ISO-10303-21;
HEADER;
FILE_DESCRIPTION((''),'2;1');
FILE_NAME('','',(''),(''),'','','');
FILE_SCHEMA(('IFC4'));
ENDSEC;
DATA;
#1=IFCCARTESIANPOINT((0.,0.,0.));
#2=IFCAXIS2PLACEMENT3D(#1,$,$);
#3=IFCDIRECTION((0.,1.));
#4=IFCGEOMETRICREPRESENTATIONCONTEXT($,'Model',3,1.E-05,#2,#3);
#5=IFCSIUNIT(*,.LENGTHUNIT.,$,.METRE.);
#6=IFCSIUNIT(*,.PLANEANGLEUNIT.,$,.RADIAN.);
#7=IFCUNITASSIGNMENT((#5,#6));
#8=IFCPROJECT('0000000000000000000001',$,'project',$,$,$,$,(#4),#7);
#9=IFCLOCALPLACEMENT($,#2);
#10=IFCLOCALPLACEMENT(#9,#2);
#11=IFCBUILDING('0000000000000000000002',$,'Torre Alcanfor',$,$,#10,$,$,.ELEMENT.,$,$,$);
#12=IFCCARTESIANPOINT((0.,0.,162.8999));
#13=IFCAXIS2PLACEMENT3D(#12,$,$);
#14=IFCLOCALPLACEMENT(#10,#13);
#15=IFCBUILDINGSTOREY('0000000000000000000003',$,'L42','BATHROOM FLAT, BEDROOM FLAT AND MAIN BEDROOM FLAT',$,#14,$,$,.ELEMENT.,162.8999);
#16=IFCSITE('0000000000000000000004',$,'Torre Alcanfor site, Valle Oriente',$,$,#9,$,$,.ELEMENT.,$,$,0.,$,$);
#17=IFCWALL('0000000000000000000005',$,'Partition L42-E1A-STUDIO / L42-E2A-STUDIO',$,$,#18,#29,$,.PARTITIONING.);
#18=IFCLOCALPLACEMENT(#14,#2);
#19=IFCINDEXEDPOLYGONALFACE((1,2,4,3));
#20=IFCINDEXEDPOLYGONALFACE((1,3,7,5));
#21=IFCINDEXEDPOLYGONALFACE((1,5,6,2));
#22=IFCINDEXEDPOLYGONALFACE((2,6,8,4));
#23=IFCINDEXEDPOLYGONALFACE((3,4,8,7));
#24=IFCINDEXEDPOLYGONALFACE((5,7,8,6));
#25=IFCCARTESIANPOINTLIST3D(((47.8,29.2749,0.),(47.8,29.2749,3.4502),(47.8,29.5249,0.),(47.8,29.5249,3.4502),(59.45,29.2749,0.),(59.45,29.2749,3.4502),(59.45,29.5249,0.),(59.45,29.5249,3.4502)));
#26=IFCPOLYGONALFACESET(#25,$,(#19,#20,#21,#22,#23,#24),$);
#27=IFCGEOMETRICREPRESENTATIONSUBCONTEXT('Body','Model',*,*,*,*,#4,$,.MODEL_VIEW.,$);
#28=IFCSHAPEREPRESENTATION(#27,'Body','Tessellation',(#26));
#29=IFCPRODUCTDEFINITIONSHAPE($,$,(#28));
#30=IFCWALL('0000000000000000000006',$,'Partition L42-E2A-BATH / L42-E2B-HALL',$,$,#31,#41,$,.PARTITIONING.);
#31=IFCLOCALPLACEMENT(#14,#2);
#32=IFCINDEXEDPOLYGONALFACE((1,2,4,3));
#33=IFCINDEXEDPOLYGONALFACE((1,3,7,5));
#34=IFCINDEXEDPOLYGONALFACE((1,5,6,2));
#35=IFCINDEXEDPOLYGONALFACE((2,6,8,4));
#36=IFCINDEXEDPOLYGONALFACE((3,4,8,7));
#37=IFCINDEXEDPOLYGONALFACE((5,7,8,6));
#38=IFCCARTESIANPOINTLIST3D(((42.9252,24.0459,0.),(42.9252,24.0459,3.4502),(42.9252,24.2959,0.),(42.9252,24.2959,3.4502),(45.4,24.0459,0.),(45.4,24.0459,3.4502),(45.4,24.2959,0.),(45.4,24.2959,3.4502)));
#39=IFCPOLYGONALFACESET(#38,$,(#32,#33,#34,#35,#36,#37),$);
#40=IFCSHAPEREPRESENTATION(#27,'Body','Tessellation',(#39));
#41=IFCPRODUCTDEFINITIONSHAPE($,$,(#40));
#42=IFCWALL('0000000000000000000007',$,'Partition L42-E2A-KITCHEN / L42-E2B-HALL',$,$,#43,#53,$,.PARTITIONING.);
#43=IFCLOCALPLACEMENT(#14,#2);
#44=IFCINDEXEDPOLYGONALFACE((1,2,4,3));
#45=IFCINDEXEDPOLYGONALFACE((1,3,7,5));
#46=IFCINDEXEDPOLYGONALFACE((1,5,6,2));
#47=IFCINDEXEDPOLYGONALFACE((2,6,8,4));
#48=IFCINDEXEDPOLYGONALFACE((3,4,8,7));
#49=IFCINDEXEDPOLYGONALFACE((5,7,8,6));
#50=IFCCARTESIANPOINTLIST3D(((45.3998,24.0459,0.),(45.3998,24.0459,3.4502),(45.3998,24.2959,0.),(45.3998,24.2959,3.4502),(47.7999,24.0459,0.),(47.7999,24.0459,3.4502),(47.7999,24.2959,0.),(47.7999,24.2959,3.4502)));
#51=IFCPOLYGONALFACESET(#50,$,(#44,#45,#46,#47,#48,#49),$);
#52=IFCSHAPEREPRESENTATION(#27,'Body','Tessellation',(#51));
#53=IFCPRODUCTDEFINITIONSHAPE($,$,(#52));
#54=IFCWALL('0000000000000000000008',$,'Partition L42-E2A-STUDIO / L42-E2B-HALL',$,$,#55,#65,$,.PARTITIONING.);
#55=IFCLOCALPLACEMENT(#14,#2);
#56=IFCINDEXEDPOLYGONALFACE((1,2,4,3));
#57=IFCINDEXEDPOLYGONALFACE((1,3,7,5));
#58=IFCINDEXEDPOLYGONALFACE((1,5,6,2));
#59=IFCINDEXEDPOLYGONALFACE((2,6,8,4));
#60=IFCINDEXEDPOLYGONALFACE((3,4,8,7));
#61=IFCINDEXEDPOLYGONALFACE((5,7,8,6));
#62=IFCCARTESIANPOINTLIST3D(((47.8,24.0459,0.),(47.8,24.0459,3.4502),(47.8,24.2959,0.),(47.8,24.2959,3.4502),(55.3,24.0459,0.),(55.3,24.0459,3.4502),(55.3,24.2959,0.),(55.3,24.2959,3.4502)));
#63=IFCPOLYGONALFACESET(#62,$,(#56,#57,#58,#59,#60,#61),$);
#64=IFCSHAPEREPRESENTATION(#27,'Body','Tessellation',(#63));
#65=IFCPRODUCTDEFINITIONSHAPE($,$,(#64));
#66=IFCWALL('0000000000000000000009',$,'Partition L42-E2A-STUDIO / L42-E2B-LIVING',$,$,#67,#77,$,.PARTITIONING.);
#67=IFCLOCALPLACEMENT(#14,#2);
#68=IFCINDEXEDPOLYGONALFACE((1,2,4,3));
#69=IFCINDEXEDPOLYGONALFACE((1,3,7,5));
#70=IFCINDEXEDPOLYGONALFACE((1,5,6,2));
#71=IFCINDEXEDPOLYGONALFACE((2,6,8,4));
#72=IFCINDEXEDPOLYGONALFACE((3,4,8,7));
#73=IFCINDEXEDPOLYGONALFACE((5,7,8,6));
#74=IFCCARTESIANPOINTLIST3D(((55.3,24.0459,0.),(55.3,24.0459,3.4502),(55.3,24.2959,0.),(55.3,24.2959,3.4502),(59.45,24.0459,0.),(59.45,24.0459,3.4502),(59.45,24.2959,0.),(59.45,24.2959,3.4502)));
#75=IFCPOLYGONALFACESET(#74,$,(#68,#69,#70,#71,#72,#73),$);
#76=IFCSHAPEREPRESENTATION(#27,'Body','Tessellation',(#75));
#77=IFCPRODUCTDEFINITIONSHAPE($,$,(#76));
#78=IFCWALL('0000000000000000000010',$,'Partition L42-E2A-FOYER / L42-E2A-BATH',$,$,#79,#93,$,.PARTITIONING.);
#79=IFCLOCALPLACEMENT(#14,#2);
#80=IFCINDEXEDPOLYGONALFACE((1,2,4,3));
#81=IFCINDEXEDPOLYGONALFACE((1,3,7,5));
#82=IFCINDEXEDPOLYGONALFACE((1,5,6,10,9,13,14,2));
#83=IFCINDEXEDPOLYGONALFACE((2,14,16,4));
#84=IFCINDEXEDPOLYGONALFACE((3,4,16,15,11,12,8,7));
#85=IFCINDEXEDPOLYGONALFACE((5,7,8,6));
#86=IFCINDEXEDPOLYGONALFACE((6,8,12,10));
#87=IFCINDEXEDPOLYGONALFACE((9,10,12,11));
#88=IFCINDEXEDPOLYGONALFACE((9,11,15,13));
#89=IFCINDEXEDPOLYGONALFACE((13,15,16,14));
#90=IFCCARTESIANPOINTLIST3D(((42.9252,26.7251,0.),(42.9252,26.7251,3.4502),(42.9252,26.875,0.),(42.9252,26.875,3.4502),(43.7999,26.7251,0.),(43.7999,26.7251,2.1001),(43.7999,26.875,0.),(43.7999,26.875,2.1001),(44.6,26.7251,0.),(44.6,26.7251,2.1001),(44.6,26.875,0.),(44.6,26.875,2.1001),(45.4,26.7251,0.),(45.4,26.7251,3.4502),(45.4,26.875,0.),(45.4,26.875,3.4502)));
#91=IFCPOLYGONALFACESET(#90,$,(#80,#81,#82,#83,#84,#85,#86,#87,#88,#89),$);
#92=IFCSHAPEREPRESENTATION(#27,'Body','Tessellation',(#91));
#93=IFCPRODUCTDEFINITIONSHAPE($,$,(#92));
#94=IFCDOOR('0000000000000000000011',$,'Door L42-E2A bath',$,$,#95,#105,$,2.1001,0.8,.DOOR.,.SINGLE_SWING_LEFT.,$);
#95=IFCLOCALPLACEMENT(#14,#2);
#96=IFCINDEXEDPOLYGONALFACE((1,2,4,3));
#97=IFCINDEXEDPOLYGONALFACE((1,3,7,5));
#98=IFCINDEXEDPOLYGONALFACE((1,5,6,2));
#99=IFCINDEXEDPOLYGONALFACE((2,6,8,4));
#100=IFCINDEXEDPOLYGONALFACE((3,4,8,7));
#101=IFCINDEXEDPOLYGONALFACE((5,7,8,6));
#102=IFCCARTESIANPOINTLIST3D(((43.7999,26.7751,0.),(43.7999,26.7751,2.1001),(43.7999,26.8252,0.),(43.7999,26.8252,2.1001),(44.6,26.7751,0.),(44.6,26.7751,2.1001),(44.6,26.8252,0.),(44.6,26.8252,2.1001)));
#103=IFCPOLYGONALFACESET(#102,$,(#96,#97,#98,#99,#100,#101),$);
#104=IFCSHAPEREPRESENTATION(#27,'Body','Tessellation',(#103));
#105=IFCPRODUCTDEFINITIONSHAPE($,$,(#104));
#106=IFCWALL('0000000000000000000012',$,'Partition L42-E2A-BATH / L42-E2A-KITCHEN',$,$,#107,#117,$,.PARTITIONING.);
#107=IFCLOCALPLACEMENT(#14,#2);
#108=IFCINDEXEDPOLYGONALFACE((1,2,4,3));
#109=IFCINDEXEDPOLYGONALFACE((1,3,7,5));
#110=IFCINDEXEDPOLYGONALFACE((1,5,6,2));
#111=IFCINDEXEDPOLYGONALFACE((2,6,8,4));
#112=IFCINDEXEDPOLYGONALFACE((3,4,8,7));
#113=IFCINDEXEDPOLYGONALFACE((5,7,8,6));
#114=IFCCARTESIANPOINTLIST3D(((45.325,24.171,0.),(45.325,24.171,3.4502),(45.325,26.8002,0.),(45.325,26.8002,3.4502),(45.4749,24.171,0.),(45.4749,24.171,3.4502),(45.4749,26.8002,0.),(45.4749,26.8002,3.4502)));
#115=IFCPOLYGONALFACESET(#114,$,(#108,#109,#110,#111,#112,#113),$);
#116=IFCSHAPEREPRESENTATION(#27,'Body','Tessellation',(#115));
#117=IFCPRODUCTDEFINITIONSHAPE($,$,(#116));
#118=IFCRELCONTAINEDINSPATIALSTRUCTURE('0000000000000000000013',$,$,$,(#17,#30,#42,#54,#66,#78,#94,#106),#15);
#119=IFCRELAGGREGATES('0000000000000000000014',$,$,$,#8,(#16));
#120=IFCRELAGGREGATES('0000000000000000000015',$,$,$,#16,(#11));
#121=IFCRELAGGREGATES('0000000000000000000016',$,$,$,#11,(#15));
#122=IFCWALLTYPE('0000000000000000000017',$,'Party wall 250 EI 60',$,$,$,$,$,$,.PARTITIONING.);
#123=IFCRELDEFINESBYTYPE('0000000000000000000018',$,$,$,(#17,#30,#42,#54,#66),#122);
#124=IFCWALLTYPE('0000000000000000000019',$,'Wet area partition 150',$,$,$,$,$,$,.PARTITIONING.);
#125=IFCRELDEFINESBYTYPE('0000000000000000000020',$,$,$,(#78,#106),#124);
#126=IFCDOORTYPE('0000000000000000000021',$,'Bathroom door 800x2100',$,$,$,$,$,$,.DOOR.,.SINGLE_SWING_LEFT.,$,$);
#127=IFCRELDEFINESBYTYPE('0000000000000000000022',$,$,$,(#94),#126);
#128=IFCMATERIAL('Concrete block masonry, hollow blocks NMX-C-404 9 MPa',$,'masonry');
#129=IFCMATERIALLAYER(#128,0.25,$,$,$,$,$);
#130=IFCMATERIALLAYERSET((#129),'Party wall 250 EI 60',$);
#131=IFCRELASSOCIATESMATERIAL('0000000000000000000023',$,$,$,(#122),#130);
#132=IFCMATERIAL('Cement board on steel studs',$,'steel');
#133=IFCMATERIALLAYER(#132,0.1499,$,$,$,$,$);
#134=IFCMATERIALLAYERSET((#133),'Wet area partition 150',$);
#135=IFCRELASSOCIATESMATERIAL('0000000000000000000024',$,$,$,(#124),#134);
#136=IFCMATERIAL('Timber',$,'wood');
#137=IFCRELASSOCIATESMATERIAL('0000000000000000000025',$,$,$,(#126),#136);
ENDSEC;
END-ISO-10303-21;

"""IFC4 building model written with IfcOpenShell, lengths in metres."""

from ifc_helpers import new_model, si_unit, direction, frame, frame_2d, origin, place, context, subcontext, project, spatial, rectangle, extrude, material, layer, layer_set, type_object, element, fill, save


model = new_model("IFC4")

# Units and contexts
model_context = context("Model", 3, precision=1e-05, world=origin(), true_north=direction((0.0, 1.0)))
body_context = subcontext(model_context, "Body", "Model", "MODEL_VIEW")
ifc_project = project(units=[si_unit("LENGTHUNIT", "METRE"), si_unit("PLANEANGLEUNIT", "RADIAN")], contexts=[model_context])

# Site, building, storey
site_placement = place(None, origin())
site = spatial("IfcSite", under=ifc_project, at=site_placement, Name="Torre Alcanfor site, Valle Oriente", CompositionType="ELEMENT", RefElevation=0.0)
building_placement = place(site_placement, origin())
building = spatial("IfcBuilding", under=site, at=building_placement, Name="Torre Alcanfor", CompositionType="ELEMENT")
storey_placement = place(building_placement, frame((0.0, 0.0, 162.8999)))
storey = spatial("IfcBuildingStorey", under=building, at=storey_placement, Name="L42", Description="BATHROOM FLAT, BEDROOM FLAT AND MAIN BEDROOM FLAT", CompositionType="ELEMENT", Elevation=162.8999)

# Walls
ifc_material_1 = material(Name="Concrete block masonry, hollow blocks NMX-C-404 9 MPa", Category="masonry")
ifc_layer_1 = layer(ifc_material_1, 0.25)
ifc_layer_set_1 = layer_set([ifc_layer_1], Name="Party wall 250 EI 60")
wall_type_1 = type_object("IfcWallType", Name="Party wall 250 EI 60", PredefinedType="PARTITIONING", material=ifc_layer_set_1)
wall_1_placement = place(storey_placement, frame((47.8, 29.3999, 0.0), z_axis=(0.0, 0.0, 1.0), x_axis=(1.0, 0.0, 0.0)))
element("IfcWall", 1, at=wall_1_placement, inside=storey, type_object=wall_type_1, Name="Partition L42-E1A-STUDIO / L42-E2A-STUDIO", PredefinedType="PARTITIONING", context=body_context, shape_type="SweptSolid", body=[
    extrude(rectangle(XDim=11.6499, YDim=0.25, at=frame_2d((5.825, 0.0))), origin(), (0.0, 0.0, 1.0), 3.4502),
])
wall_2_placement = place(storey_placement, frame((45.3999, 24.1709, 0.0), z_axis=(0.0, 0.0, 1.0), x_axis=(-1.0, 0.0, 0.0)))
element("IfcWall", 2, at=wall_2_placement, inside=storey, type_object=wall_type_1, Name="Partition L42-E2A-BATH / L42-E2B-HALL", PredefinedType="PARTITIONING", context=body_context, shape_type="SweptSolid", body=[
    extrude(rectangle(XDim=2.4749, YDim=0.25, at=frame_2d((1.2373, 0.0))), origin(), (0.0, 0.0, 1.0), 3.4502),
])
wall_3_placement = place(storey_placement, frame((47.8, 24.1709, 0.0), z_axis=(0.0, 0.0, 1.0), x_axis=(-1.0, 0.0, 0.0)))
element("IfcWall", 3, at=wall_3_placement, inside=storey, type_object=wall_type_1, Name="Partition L42-E2A-KITCHEN / L42-E2B-HALL", PredefinedType="PARTITIONING", context=body_context, shape_type="SweptSolid", body=[
    extrude(rectangle(XDim=2.4001, YDim=0.25, at=frame_2d((1.2002, 0.0))), origin(), (0.0, 0.0, 1.0), 3.4502),
])
wall_4_placement = place(storey_placement, frame((55.3, 24.1709, 0.0), z_axis=(0.0, 0.0, 1.0), x_axis=(-1.0, 0.0, 0.0)))
element("IfcWall", 4, at=wall_4_placement, inside=storey, type_object=wall_type_1, Name="Partition L42-E2A-STUDIO / L42-E2B-HALL", PredefinedType="PARTITIONING", context=body_context, shape_type="SweptSolid", body=[
    extrude(rectangle(XDim=7.5, YDim=0.25, at=frame_2d((3.75, 0.0))), origin(), (0.0, 0.0, 1.0), 3.4502),
])
wall_5_placement = place(storey_placement, frame((59.45, 24.1709, 0.0), z_axis=(0.0, 0.0, 1.0), x_axis=(-1.0, 0.0, 0.0)))
element("IfcWall", 5, at=wall_5_placement, inside=storey, type_object=wall_type_1, Name="Partition L42-E2A-STUDIO / L42-E2B-LIVING", PredefinedType="PARTITIONING", context=body_context, shape_type="SweptSolid", body=[
    extrude(rectangle(XDim=4.1499, YDim=0.25, at=frame_2d((2.075, 0.0))), origin(), (0.0, 0.0, 1.0), 3.4502),
])

# Wall, opening, door
ifc_material_2 = material(Name="Cement board on steel studs", Category="steel")
ifc_layer_2 = layer(ifc_material_2, 0.1499)
ifc_layer_set_2 = layer_set([ifc_layer_2], Name="Wet area partition 150")
wall_type_2 = type_object("IfcWallType", Name="Wet area partition 150", PredefinedType="PARTITIONING", material=ifc_layer_set_2)
wall_6_placement = place(storey_placement, frame((45.3999, 26.8, 0.0), z_axis=(0.0, 0.0, 1.0), x_axis=(-1.0, 0.0, 0.0)))
wall_6 = element("IfcWall", 6, at=wall_6_placement, inside=storey, type_object=wall_type_2, Name="Partition L42-E2A-FOYER / L42-E2A-BATH", PredefinedType="PARTITIONING", context=body_context, shape_type="SweptSolid", body=[
    extrude(rectangle(XDim=2.4749, YDim=0.1499, at=frame_2d((1.2373, 0.0))), origin(), (0.0, 0.0, 1.0), 3.4502),
])
opening_1_placement = place(wall_6_placement, frame((0.8, 0.0, 0.0)))
opening_1 = element("IfcOpeningElement", 7, at=opening_1_placement, cuts=wall_6, PredefinedType="OPENING", context=body_context, shape_type="SweptSolid", body=[
    extrude(rectangle(XDim=0.8, YDim=2.1001, at=frame_2d((0.3999, 1.05))), frame((0.0, 0.085, 0.0), z_axis=(0.0, -1.0, 0.0), x_axis=(1.0, 0.0, 0.0)), (0.0, 0.0, 1.0), 0.1699),
])
ifc_material_3 = material(Name="Timber", Category="wood")
door_type_1 = type_object("IfcDoorType", Name="Bathroom door 800x2100", OperationType="SINGLE_SWING_LEFT", PredefinedType="DOOR", material=ifc_material_3)
door_1_placement = place(opening_1_placement, origin())
door_1 = element("IfcDoor", 8, at=door_1_placement, inside=storey, type_object=door_type_1, Name="Door L42-E2A bath", OperationType="SINGLE_SWING_LEFT", OverallHeight=2.1001, OverallWidth=0.8, PredefinedType="DOOR", context=body_context, shape_type="SweptSolid", body=[
    extrude(rectangle(XDim=0.8, YDim=2.1001, at=frame_2d((0.3999, 1.05))), frame((0.0, 0.0249, 0.0), z_axis=(0.0, -1.0, 0.0), x_axis=(1.0, 0.0, 0.0)), (0.0, 0.0, 1.0), 0.05),
])
fill(opening_1, door_1)

# Wall
wall_7_placement = place(storey_placement, frame((45.3999, 26.8, 0.0), z_axis=(0.0, 0.0, 1.0), x_axis=(0.0, -1.0, 0.0)))
element("IfcWall", 9, at=wall_7_placement, inside=storey, type_object=wall_type_2, Name="Partition L42-E2A-BATH / L42-E2A-KITCHEN", PredefinedType="PARTITIONING", context=body_context, shape_type="SweptSolid", body=[
    extrude(rectangle(XDim=2.6292, YDim=0.1499, at=frame_2d((1.3145, 0.0))), origin(), (0.0, 0.0, 1.0), 3.4502),
])

save(model, "model.ifc")
